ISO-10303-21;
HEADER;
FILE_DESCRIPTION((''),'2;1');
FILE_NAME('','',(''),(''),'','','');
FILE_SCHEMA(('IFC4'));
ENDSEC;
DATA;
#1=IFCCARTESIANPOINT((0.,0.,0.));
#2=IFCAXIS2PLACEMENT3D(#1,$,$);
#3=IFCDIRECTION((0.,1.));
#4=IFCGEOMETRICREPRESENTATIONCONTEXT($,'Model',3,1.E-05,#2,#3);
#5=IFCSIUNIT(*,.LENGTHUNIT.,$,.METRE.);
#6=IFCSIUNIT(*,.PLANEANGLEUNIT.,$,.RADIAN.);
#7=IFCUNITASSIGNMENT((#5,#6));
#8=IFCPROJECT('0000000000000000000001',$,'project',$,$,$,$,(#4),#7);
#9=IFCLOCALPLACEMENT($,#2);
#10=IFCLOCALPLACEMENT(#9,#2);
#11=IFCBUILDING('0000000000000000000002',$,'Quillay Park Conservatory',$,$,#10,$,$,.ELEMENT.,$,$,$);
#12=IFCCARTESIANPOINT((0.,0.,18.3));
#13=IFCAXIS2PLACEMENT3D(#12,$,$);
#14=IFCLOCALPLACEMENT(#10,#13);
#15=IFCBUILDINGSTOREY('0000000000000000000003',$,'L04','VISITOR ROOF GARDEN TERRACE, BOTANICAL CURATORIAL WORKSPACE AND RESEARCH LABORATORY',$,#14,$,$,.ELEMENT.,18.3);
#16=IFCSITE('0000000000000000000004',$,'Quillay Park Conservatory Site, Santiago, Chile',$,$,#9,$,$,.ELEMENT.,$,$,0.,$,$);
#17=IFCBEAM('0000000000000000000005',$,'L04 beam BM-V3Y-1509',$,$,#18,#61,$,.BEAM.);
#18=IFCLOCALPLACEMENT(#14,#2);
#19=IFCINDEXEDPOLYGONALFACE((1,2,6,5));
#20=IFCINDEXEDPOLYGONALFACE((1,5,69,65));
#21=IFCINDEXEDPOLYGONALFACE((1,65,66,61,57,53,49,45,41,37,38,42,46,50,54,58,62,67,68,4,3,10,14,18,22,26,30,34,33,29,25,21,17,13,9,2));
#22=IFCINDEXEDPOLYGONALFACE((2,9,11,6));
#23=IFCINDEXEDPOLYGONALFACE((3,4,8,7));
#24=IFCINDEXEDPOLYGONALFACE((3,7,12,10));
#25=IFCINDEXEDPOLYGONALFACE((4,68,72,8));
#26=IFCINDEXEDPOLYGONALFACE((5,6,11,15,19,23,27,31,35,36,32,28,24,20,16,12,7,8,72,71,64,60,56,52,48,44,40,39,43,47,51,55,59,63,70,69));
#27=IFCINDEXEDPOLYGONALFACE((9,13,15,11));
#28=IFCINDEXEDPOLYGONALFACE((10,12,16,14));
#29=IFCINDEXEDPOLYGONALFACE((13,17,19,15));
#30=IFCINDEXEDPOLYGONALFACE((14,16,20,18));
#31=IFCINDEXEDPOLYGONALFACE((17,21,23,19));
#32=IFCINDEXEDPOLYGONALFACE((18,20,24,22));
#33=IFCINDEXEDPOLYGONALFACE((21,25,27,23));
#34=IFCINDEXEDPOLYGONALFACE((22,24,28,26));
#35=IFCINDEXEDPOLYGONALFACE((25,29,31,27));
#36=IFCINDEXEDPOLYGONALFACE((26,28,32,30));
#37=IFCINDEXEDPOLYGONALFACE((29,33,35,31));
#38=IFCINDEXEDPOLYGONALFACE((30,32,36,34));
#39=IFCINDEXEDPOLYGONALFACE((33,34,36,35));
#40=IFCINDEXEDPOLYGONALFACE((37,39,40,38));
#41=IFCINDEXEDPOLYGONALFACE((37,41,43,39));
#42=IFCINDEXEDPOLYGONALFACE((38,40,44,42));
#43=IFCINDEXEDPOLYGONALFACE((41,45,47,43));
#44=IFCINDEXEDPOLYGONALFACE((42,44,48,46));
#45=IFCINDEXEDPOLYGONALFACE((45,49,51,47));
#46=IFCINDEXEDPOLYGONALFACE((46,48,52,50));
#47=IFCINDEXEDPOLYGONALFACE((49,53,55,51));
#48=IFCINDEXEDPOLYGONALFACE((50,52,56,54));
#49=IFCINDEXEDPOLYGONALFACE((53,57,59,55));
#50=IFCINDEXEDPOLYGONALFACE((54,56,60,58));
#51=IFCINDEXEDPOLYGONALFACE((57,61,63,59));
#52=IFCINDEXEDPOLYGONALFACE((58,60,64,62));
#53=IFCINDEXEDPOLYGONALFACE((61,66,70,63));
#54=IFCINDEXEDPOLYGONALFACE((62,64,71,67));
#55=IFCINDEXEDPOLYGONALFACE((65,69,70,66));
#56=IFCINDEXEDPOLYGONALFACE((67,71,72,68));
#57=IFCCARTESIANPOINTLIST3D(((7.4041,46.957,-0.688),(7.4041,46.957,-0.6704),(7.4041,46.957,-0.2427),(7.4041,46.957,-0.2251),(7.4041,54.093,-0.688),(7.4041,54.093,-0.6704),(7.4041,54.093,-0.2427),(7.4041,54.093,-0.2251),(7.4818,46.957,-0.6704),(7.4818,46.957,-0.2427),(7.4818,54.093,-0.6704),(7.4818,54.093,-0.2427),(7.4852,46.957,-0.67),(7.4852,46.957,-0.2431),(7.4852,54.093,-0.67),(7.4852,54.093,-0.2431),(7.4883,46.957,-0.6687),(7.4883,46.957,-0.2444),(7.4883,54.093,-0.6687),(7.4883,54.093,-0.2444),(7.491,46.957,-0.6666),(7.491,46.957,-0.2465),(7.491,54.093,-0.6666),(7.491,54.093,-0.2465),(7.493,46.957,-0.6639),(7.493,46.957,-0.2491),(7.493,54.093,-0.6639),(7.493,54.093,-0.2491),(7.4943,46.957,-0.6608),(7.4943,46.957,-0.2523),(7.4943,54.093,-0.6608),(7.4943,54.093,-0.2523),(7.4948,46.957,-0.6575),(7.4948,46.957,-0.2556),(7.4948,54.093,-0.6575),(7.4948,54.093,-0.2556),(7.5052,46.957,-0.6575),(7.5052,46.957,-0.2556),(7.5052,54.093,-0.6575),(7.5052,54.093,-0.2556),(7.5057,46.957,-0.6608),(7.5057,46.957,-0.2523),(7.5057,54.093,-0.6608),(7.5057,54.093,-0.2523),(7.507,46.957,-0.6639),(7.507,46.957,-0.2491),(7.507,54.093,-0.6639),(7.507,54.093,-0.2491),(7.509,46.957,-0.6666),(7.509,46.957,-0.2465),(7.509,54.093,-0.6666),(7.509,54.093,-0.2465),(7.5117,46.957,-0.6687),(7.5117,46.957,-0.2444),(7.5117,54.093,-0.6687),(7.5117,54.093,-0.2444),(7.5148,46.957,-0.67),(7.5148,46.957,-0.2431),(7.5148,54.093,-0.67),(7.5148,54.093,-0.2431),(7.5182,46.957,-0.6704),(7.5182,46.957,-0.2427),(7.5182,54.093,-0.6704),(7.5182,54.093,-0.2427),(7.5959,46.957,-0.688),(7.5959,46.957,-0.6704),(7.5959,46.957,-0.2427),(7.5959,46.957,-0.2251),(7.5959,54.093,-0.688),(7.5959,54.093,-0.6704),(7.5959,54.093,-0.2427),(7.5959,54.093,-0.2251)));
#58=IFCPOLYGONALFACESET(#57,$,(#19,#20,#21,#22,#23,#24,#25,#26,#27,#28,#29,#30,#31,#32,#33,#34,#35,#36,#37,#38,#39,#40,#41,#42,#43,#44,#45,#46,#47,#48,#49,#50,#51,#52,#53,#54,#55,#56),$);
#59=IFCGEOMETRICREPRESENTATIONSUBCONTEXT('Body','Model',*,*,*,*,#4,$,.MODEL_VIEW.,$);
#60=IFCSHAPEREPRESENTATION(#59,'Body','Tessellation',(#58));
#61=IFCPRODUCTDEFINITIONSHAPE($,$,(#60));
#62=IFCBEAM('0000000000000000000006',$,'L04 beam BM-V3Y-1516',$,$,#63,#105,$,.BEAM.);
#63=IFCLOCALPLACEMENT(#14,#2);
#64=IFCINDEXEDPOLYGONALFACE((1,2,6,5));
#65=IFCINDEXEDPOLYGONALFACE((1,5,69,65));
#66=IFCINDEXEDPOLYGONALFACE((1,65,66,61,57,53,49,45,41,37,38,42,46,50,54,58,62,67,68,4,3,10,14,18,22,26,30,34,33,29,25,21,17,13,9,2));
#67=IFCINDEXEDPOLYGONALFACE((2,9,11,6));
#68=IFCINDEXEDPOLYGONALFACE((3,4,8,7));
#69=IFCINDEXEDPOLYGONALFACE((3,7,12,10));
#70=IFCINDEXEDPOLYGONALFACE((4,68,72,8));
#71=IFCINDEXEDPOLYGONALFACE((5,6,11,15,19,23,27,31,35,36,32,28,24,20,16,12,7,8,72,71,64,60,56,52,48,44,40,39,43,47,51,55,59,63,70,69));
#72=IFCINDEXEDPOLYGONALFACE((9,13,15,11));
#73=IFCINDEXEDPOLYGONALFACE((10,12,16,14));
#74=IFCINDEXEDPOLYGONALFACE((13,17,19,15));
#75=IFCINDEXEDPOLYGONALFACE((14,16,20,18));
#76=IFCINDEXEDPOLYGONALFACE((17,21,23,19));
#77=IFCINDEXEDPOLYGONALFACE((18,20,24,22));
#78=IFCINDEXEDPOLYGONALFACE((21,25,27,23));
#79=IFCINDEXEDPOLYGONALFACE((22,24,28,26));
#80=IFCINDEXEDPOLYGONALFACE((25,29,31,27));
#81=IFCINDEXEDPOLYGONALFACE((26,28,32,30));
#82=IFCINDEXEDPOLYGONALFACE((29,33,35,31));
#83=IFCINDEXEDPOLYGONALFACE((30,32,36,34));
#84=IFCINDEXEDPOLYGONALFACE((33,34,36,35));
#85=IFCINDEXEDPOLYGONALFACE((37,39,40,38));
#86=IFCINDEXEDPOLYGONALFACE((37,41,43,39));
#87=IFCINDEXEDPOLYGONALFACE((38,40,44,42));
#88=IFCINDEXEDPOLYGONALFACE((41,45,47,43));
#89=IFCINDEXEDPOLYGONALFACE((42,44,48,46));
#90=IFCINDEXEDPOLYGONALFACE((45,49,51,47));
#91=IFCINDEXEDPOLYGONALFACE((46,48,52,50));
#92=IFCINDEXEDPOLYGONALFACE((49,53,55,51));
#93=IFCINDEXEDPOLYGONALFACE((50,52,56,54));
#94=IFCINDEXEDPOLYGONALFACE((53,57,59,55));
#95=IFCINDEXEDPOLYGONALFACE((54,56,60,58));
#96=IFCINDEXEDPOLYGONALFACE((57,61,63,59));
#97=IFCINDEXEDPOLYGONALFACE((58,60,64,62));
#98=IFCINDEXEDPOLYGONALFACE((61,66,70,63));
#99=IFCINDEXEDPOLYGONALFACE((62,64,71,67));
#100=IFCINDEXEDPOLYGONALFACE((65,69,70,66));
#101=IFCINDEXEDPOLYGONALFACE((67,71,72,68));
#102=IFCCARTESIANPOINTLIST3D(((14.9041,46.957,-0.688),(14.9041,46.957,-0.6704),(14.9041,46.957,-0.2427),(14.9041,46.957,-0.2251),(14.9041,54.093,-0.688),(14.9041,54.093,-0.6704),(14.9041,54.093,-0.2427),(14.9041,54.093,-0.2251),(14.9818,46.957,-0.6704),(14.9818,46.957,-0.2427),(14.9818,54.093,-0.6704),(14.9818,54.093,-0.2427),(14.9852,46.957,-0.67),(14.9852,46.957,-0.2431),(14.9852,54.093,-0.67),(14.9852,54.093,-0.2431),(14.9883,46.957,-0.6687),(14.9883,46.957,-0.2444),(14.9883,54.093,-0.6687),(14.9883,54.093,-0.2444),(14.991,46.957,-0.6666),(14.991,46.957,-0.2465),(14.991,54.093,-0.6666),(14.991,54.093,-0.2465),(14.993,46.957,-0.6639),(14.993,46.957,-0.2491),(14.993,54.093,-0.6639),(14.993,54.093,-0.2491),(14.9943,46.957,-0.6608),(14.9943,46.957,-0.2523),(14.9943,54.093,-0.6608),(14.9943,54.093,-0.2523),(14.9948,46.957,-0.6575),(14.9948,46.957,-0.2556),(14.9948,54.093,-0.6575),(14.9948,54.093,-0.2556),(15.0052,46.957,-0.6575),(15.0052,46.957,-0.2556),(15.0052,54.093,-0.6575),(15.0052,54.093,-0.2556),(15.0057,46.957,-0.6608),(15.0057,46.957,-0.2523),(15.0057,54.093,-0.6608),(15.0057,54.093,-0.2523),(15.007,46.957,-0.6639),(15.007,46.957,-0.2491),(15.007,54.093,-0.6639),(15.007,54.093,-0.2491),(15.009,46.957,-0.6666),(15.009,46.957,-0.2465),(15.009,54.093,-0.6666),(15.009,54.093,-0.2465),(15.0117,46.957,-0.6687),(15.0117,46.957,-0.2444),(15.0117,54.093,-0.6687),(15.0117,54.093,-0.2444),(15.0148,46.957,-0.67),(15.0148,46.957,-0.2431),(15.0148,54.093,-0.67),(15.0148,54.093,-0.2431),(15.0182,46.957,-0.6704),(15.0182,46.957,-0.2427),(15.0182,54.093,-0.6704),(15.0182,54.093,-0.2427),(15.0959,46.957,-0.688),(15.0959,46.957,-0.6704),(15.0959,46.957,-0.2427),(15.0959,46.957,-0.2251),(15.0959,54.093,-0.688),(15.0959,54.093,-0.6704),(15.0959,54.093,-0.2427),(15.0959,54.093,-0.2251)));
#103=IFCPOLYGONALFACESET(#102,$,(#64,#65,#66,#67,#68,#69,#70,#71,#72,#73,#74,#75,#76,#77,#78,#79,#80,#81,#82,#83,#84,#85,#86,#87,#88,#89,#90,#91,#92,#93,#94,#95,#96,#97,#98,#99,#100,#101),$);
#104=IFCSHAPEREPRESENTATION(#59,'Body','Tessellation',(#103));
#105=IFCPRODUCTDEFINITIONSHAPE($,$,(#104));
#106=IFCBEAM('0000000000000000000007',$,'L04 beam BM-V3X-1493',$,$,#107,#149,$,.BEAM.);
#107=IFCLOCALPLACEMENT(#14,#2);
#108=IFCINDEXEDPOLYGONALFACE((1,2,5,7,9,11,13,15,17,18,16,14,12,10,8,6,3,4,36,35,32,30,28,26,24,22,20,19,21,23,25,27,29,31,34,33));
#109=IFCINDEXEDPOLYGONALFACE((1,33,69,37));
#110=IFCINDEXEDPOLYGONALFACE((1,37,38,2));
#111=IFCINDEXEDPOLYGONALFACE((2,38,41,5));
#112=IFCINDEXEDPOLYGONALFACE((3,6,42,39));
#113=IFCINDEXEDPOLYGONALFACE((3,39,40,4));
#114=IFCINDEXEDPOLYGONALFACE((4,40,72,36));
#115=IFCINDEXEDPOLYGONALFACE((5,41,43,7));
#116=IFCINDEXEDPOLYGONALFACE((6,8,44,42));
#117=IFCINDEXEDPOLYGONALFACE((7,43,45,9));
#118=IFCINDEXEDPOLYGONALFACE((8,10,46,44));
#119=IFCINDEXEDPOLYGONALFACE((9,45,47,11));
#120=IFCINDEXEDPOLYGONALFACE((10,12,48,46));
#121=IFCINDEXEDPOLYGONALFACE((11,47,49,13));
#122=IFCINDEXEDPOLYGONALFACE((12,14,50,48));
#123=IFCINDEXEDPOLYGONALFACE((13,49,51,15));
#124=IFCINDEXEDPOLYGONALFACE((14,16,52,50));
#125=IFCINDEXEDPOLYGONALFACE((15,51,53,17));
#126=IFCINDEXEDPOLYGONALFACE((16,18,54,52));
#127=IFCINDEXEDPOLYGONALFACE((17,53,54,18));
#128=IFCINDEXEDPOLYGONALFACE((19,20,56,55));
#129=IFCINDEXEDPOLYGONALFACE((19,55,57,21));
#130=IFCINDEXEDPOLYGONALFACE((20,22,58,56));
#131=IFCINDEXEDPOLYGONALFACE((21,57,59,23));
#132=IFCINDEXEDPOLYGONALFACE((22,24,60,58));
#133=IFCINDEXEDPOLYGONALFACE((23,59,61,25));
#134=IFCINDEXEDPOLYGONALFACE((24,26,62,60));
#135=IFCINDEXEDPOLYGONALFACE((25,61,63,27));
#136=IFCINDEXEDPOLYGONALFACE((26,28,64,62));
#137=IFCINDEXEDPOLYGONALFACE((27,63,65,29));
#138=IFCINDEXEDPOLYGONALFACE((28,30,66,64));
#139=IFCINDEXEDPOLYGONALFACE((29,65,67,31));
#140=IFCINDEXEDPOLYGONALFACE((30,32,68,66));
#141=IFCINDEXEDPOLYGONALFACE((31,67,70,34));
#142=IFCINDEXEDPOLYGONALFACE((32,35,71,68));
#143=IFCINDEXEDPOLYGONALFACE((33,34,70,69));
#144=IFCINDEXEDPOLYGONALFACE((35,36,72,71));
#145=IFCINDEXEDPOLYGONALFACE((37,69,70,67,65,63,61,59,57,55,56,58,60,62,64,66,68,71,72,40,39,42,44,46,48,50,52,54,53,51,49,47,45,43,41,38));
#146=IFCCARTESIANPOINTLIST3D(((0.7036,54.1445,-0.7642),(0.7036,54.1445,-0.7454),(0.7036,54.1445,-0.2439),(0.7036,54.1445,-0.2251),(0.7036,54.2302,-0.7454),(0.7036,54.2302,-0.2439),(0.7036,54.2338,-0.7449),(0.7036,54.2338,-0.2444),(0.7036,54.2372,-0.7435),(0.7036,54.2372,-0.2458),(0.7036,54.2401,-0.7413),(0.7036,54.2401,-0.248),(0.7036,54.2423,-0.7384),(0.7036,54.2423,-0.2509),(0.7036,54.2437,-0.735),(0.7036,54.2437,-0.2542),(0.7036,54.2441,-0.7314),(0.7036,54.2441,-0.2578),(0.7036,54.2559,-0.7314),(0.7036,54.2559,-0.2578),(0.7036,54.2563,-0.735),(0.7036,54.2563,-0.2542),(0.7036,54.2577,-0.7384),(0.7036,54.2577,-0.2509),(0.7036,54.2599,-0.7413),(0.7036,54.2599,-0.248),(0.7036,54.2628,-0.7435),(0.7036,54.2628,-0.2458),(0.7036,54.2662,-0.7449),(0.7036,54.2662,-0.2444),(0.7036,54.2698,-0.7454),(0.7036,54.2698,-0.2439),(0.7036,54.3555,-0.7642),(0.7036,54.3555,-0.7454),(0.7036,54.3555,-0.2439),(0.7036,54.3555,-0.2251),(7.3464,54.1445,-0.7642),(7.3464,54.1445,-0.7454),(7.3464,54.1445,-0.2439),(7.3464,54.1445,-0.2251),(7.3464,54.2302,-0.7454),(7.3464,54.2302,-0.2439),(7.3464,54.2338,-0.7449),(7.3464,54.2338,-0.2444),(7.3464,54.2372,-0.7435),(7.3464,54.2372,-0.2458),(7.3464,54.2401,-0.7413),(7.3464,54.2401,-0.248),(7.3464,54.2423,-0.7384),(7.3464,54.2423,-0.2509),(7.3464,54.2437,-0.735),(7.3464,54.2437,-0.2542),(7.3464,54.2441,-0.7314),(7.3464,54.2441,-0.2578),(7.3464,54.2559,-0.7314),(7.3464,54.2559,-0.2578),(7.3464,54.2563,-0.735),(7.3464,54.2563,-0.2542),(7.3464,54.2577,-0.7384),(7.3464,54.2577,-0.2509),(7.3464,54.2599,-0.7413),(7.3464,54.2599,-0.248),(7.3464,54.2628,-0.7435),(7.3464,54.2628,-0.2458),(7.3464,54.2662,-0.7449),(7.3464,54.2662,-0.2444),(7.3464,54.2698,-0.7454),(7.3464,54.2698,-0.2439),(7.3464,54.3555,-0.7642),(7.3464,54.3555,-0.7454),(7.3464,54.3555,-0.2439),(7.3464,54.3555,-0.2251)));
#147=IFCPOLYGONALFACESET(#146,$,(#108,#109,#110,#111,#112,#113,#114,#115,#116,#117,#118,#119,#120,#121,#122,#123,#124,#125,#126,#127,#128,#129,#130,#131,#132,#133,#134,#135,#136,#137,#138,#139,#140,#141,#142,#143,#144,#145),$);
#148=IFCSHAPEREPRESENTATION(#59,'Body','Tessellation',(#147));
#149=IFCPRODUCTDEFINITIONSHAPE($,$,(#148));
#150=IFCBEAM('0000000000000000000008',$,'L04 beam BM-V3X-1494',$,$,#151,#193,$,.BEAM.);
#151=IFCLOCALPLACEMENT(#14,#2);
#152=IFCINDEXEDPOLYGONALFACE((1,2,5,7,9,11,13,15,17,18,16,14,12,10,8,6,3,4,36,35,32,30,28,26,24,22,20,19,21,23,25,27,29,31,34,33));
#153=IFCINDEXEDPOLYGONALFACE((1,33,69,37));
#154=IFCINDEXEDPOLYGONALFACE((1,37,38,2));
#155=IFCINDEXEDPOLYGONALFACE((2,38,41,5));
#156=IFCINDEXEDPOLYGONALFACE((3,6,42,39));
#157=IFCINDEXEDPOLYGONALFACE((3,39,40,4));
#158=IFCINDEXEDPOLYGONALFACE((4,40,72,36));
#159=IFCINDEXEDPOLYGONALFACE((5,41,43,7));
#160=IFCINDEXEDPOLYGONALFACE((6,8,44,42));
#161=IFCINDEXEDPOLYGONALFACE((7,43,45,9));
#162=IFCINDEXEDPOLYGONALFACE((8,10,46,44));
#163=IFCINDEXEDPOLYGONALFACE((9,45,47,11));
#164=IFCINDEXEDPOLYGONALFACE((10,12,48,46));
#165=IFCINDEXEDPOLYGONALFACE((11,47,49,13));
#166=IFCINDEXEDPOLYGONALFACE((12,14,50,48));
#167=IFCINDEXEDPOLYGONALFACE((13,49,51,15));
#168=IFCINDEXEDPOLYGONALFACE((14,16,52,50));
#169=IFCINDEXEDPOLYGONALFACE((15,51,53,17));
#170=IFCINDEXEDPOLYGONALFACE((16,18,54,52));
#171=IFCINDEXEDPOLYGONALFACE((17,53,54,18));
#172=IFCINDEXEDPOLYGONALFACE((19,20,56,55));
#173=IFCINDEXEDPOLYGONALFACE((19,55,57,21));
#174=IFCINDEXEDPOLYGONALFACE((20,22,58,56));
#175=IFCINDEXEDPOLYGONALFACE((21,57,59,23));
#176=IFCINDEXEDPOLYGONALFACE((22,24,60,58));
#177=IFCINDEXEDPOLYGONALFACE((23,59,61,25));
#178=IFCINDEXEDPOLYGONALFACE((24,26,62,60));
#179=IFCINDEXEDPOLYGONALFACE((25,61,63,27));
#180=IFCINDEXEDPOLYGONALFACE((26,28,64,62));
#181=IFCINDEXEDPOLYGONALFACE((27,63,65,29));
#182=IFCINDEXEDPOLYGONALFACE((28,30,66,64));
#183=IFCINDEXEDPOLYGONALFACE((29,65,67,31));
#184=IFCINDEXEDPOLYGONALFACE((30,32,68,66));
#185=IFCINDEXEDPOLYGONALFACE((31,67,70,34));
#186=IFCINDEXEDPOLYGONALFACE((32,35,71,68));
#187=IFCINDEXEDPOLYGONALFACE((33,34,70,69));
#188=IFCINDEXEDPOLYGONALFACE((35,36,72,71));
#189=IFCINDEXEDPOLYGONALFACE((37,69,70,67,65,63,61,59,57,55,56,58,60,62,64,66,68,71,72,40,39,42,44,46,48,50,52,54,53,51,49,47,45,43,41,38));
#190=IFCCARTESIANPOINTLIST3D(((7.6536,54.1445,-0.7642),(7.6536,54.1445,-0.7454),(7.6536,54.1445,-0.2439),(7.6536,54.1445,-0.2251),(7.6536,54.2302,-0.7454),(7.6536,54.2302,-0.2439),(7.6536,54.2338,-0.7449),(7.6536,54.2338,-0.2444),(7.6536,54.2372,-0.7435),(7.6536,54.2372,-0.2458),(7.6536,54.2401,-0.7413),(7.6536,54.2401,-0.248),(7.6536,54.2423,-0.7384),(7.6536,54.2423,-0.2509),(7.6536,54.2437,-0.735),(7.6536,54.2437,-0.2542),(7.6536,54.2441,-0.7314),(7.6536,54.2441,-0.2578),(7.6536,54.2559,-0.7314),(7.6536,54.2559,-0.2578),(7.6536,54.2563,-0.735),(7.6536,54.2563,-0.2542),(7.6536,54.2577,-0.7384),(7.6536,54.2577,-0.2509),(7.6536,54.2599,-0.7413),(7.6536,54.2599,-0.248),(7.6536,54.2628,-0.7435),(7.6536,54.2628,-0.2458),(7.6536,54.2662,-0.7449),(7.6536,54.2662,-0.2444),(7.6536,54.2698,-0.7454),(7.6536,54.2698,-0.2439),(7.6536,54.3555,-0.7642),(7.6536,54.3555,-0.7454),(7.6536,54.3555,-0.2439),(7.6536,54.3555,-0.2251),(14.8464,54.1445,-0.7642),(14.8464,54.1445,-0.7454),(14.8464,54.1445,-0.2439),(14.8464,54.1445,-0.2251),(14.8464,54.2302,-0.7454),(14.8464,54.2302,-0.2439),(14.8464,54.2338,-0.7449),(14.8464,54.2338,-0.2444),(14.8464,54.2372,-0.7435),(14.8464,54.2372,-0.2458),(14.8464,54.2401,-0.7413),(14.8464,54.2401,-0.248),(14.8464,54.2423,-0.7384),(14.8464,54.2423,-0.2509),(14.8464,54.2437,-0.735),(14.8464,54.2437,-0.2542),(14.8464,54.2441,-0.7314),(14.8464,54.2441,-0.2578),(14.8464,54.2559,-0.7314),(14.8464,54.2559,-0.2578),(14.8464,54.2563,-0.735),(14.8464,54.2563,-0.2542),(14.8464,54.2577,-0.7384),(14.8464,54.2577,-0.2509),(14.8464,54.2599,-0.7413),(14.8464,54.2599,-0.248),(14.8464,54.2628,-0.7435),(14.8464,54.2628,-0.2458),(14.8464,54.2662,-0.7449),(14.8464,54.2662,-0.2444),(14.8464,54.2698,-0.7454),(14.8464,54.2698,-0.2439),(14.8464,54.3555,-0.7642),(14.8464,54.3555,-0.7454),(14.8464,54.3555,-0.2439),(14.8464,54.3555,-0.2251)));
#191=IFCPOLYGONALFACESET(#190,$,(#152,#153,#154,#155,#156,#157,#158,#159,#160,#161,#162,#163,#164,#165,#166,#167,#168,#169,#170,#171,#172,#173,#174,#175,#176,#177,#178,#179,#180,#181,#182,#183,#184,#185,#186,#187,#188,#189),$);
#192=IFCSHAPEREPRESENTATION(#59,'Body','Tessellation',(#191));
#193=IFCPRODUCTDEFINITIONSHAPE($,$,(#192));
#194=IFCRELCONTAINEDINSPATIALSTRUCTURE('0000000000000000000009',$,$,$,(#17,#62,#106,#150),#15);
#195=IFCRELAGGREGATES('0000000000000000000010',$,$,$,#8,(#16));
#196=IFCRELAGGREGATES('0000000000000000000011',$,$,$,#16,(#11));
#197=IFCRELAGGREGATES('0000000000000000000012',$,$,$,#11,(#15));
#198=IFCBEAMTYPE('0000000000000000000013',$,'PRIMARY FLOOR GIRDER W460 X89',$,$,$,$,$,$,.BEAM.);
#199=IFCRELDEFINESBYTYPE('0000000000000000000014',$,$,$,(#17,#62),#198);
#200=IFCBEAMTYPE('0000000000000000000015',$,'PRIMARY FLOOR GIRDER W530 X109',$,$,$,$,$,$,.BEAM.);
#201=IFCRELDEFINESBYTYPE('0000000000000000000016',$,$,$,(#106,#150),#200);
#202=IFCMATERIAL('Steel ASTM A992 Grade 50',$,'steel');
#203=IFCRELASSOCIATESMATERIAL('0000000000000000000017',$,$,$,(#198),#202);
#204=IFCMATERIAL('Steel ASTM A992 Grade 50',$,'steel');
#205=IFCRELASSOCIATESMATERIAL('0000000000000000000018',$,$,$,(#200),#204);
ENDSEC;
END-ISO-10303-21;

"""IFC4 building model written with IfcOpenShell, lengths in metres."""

from ifc_helpers import new_model, si_unit, direction, frame, origin, origin_2d, place, context, subcontext, project, spatial, i_section, extrude, material, material_profile, profile_set, type_object, element, save


model = new_model("IFC4")

# Units and contexts
model_context = context("Model", 3, precision=1e-05, world=origin(), true_north=direction((0.0, 1.0)))
body_context = subcontext(model_context, "Body", "Model", "MODEL_VIEW")
ifc_project = project(units=[si_unit("LENGTHUNIT", "METRE"), si_unit("PLANEANGLEUNIT", "RADIAN")], contexts=[model_context])

# Site, building, storey
site_placement = place(None, origin())
site = spatial("IfcSite", under=ifc_project, at=site_placement, Name="Quillay Park Conservatory Site, Santiago, Chile", CompositionType="ELEMENT", RefElevation=0.0)
building_placement = place(site_placement, origin())
building = spatial("IfcBuilding", under=site, at=building_placement, Name="Quillay Park Conservatory", CompositionType="ELEMENT")
storey_placement = place(building_placement, frame((0.0, 0.0, 18.3)))
storey = spatial("IfcBuildingStorey", under=building, at=storey_placement, Name="L04", Description="VISITOR ROOF GARDEN TERRACE, BOTANICAL CURATORIAL WORKSPACE AND RESEARCH LABORATORY", CompositionType="ELEMENT", Elevation=18.3)

# Beams
ifc_material_1 = material(Name="Steel ASTM A992 Grade 50", Category="steel")
ifc_material_profile_1 = material_profile(ifc_material_1, i_section(OverallWidth=0.1919, OverallDepth=0.4629, WebThickness=0.0105, FlangeThickness=0.0176, FilletRadius=0.0129, at=origin_2d()), Name="W460x89")
ifc_profile_set_1 = profile_set([ifc_material_profile_1], Name="Steel ASTM A992 Grade 50")
beam_type_1 = type_object("IfcBeamType", Name="PRIMARY FLOOR GIRDER W460 X89", PredefinedType="BEAM", material=ifc_profile_set_1)
for number, where, z_axis, x_axis, name in (
    (1, (7.5, 46.957, -0.4565), (0.0, 1.0, 0.0), (-1.0, 0.0, 0.0), "L04 beam BM-V3Y-1509"),
    (2, (15.0, 46.957, -0.4565), (0.0, 1.0, 0.0), (-1.0, 0.0, 0.0), "L04 beam BM-V3Y-1516"),
):
    element("IfcBeam", number, at=place(storey_placement, frame(where, z_axis=z_axis, x_axis=x_axis)), inside=storey, type_object=beam_type_1, Name=name, PredefinedType="BEAM", context=body_context, shape_type="SweptSolid", body=[
        extrude(i_section(OverallWidth=0.1919, OverallDepth=0.4629, WebThickness=0.0105, FlangeThickness=0.0176, FilletRadius=0.0129, at=origin_2d()), origin(), (0.0, 0.0, 1.0), 7.136),
    ])
ifc_material_2 = material(Name="Steel ASTM A992 Grade 50", Category="steel")
ifc_material_profile_2 = material_profile(ifc_material_2, i_section(OverallWidth=0.2109, OverallDepth=0.5391, WebThickness=0.0117, FlangeThickness=0.0188, FilletRadius=0.0139, at=origin_2d()), Name="W530x109")
ifc_profile_set_2 = profile_set([ifc_material_profile_2], Name="Steel ASTM A992 Grade 50")
beam_type_2 = type_object("IfcBeamType", Name="PRIMARY FLOOR GIRDER W530 X109", PredefinedType="BEAM", material=ifc_profile_set_2)
beam_1_placement = place(storey_placement, frame((0.7036, 54.25, -0.4946), z_axis=(1.0, 0.0, 0.0), x_axis=(0.0, 1.0, 0.0)))
element("IfcBeam", 3, at=beam_1_placement, inside=storey, type_object=beam_type_2, Name="L04 beam BM-V3X-1493", PredefinedType="BEAM", context=body_context, shape_type="SweptSolid", body=[
    extrude(i_section(OverallWidth=0.2109, OverallDepth=0.5391, WebThickness=0.0117, FlangeThickness=0.0188, FilletRadius=0.0139, at=origin_2d()), origin(), (0.0, 0.0, 1.0), 6.6428),
])
beam_2_placement = place(storey_placement, frame((7.6536, 54.25, -0.4946), z_axis=(1.0, 0.0, 0.0), x_axis=(0.0, 1.0, 0.0)))
element("IfcBeam", 4, at=beam_2_placement, inside=storey, type_object=beam_type_2, Name="L04 beam BM-V3X-1494", PredefinedType="BEAM", context=body_context, shape_type="SweptSolid", body=[
    extrude(i_section(OverallWidth=0.2109, OverallDepth=0.5391, WebThickness=0.0117, FlangeThickness=0.0188, FilletRadius=0.0139, at=origin_2d()), origin(), (0.0, 0.0, 1.0), 7.1929),
])

save(model, "model.ifc")
